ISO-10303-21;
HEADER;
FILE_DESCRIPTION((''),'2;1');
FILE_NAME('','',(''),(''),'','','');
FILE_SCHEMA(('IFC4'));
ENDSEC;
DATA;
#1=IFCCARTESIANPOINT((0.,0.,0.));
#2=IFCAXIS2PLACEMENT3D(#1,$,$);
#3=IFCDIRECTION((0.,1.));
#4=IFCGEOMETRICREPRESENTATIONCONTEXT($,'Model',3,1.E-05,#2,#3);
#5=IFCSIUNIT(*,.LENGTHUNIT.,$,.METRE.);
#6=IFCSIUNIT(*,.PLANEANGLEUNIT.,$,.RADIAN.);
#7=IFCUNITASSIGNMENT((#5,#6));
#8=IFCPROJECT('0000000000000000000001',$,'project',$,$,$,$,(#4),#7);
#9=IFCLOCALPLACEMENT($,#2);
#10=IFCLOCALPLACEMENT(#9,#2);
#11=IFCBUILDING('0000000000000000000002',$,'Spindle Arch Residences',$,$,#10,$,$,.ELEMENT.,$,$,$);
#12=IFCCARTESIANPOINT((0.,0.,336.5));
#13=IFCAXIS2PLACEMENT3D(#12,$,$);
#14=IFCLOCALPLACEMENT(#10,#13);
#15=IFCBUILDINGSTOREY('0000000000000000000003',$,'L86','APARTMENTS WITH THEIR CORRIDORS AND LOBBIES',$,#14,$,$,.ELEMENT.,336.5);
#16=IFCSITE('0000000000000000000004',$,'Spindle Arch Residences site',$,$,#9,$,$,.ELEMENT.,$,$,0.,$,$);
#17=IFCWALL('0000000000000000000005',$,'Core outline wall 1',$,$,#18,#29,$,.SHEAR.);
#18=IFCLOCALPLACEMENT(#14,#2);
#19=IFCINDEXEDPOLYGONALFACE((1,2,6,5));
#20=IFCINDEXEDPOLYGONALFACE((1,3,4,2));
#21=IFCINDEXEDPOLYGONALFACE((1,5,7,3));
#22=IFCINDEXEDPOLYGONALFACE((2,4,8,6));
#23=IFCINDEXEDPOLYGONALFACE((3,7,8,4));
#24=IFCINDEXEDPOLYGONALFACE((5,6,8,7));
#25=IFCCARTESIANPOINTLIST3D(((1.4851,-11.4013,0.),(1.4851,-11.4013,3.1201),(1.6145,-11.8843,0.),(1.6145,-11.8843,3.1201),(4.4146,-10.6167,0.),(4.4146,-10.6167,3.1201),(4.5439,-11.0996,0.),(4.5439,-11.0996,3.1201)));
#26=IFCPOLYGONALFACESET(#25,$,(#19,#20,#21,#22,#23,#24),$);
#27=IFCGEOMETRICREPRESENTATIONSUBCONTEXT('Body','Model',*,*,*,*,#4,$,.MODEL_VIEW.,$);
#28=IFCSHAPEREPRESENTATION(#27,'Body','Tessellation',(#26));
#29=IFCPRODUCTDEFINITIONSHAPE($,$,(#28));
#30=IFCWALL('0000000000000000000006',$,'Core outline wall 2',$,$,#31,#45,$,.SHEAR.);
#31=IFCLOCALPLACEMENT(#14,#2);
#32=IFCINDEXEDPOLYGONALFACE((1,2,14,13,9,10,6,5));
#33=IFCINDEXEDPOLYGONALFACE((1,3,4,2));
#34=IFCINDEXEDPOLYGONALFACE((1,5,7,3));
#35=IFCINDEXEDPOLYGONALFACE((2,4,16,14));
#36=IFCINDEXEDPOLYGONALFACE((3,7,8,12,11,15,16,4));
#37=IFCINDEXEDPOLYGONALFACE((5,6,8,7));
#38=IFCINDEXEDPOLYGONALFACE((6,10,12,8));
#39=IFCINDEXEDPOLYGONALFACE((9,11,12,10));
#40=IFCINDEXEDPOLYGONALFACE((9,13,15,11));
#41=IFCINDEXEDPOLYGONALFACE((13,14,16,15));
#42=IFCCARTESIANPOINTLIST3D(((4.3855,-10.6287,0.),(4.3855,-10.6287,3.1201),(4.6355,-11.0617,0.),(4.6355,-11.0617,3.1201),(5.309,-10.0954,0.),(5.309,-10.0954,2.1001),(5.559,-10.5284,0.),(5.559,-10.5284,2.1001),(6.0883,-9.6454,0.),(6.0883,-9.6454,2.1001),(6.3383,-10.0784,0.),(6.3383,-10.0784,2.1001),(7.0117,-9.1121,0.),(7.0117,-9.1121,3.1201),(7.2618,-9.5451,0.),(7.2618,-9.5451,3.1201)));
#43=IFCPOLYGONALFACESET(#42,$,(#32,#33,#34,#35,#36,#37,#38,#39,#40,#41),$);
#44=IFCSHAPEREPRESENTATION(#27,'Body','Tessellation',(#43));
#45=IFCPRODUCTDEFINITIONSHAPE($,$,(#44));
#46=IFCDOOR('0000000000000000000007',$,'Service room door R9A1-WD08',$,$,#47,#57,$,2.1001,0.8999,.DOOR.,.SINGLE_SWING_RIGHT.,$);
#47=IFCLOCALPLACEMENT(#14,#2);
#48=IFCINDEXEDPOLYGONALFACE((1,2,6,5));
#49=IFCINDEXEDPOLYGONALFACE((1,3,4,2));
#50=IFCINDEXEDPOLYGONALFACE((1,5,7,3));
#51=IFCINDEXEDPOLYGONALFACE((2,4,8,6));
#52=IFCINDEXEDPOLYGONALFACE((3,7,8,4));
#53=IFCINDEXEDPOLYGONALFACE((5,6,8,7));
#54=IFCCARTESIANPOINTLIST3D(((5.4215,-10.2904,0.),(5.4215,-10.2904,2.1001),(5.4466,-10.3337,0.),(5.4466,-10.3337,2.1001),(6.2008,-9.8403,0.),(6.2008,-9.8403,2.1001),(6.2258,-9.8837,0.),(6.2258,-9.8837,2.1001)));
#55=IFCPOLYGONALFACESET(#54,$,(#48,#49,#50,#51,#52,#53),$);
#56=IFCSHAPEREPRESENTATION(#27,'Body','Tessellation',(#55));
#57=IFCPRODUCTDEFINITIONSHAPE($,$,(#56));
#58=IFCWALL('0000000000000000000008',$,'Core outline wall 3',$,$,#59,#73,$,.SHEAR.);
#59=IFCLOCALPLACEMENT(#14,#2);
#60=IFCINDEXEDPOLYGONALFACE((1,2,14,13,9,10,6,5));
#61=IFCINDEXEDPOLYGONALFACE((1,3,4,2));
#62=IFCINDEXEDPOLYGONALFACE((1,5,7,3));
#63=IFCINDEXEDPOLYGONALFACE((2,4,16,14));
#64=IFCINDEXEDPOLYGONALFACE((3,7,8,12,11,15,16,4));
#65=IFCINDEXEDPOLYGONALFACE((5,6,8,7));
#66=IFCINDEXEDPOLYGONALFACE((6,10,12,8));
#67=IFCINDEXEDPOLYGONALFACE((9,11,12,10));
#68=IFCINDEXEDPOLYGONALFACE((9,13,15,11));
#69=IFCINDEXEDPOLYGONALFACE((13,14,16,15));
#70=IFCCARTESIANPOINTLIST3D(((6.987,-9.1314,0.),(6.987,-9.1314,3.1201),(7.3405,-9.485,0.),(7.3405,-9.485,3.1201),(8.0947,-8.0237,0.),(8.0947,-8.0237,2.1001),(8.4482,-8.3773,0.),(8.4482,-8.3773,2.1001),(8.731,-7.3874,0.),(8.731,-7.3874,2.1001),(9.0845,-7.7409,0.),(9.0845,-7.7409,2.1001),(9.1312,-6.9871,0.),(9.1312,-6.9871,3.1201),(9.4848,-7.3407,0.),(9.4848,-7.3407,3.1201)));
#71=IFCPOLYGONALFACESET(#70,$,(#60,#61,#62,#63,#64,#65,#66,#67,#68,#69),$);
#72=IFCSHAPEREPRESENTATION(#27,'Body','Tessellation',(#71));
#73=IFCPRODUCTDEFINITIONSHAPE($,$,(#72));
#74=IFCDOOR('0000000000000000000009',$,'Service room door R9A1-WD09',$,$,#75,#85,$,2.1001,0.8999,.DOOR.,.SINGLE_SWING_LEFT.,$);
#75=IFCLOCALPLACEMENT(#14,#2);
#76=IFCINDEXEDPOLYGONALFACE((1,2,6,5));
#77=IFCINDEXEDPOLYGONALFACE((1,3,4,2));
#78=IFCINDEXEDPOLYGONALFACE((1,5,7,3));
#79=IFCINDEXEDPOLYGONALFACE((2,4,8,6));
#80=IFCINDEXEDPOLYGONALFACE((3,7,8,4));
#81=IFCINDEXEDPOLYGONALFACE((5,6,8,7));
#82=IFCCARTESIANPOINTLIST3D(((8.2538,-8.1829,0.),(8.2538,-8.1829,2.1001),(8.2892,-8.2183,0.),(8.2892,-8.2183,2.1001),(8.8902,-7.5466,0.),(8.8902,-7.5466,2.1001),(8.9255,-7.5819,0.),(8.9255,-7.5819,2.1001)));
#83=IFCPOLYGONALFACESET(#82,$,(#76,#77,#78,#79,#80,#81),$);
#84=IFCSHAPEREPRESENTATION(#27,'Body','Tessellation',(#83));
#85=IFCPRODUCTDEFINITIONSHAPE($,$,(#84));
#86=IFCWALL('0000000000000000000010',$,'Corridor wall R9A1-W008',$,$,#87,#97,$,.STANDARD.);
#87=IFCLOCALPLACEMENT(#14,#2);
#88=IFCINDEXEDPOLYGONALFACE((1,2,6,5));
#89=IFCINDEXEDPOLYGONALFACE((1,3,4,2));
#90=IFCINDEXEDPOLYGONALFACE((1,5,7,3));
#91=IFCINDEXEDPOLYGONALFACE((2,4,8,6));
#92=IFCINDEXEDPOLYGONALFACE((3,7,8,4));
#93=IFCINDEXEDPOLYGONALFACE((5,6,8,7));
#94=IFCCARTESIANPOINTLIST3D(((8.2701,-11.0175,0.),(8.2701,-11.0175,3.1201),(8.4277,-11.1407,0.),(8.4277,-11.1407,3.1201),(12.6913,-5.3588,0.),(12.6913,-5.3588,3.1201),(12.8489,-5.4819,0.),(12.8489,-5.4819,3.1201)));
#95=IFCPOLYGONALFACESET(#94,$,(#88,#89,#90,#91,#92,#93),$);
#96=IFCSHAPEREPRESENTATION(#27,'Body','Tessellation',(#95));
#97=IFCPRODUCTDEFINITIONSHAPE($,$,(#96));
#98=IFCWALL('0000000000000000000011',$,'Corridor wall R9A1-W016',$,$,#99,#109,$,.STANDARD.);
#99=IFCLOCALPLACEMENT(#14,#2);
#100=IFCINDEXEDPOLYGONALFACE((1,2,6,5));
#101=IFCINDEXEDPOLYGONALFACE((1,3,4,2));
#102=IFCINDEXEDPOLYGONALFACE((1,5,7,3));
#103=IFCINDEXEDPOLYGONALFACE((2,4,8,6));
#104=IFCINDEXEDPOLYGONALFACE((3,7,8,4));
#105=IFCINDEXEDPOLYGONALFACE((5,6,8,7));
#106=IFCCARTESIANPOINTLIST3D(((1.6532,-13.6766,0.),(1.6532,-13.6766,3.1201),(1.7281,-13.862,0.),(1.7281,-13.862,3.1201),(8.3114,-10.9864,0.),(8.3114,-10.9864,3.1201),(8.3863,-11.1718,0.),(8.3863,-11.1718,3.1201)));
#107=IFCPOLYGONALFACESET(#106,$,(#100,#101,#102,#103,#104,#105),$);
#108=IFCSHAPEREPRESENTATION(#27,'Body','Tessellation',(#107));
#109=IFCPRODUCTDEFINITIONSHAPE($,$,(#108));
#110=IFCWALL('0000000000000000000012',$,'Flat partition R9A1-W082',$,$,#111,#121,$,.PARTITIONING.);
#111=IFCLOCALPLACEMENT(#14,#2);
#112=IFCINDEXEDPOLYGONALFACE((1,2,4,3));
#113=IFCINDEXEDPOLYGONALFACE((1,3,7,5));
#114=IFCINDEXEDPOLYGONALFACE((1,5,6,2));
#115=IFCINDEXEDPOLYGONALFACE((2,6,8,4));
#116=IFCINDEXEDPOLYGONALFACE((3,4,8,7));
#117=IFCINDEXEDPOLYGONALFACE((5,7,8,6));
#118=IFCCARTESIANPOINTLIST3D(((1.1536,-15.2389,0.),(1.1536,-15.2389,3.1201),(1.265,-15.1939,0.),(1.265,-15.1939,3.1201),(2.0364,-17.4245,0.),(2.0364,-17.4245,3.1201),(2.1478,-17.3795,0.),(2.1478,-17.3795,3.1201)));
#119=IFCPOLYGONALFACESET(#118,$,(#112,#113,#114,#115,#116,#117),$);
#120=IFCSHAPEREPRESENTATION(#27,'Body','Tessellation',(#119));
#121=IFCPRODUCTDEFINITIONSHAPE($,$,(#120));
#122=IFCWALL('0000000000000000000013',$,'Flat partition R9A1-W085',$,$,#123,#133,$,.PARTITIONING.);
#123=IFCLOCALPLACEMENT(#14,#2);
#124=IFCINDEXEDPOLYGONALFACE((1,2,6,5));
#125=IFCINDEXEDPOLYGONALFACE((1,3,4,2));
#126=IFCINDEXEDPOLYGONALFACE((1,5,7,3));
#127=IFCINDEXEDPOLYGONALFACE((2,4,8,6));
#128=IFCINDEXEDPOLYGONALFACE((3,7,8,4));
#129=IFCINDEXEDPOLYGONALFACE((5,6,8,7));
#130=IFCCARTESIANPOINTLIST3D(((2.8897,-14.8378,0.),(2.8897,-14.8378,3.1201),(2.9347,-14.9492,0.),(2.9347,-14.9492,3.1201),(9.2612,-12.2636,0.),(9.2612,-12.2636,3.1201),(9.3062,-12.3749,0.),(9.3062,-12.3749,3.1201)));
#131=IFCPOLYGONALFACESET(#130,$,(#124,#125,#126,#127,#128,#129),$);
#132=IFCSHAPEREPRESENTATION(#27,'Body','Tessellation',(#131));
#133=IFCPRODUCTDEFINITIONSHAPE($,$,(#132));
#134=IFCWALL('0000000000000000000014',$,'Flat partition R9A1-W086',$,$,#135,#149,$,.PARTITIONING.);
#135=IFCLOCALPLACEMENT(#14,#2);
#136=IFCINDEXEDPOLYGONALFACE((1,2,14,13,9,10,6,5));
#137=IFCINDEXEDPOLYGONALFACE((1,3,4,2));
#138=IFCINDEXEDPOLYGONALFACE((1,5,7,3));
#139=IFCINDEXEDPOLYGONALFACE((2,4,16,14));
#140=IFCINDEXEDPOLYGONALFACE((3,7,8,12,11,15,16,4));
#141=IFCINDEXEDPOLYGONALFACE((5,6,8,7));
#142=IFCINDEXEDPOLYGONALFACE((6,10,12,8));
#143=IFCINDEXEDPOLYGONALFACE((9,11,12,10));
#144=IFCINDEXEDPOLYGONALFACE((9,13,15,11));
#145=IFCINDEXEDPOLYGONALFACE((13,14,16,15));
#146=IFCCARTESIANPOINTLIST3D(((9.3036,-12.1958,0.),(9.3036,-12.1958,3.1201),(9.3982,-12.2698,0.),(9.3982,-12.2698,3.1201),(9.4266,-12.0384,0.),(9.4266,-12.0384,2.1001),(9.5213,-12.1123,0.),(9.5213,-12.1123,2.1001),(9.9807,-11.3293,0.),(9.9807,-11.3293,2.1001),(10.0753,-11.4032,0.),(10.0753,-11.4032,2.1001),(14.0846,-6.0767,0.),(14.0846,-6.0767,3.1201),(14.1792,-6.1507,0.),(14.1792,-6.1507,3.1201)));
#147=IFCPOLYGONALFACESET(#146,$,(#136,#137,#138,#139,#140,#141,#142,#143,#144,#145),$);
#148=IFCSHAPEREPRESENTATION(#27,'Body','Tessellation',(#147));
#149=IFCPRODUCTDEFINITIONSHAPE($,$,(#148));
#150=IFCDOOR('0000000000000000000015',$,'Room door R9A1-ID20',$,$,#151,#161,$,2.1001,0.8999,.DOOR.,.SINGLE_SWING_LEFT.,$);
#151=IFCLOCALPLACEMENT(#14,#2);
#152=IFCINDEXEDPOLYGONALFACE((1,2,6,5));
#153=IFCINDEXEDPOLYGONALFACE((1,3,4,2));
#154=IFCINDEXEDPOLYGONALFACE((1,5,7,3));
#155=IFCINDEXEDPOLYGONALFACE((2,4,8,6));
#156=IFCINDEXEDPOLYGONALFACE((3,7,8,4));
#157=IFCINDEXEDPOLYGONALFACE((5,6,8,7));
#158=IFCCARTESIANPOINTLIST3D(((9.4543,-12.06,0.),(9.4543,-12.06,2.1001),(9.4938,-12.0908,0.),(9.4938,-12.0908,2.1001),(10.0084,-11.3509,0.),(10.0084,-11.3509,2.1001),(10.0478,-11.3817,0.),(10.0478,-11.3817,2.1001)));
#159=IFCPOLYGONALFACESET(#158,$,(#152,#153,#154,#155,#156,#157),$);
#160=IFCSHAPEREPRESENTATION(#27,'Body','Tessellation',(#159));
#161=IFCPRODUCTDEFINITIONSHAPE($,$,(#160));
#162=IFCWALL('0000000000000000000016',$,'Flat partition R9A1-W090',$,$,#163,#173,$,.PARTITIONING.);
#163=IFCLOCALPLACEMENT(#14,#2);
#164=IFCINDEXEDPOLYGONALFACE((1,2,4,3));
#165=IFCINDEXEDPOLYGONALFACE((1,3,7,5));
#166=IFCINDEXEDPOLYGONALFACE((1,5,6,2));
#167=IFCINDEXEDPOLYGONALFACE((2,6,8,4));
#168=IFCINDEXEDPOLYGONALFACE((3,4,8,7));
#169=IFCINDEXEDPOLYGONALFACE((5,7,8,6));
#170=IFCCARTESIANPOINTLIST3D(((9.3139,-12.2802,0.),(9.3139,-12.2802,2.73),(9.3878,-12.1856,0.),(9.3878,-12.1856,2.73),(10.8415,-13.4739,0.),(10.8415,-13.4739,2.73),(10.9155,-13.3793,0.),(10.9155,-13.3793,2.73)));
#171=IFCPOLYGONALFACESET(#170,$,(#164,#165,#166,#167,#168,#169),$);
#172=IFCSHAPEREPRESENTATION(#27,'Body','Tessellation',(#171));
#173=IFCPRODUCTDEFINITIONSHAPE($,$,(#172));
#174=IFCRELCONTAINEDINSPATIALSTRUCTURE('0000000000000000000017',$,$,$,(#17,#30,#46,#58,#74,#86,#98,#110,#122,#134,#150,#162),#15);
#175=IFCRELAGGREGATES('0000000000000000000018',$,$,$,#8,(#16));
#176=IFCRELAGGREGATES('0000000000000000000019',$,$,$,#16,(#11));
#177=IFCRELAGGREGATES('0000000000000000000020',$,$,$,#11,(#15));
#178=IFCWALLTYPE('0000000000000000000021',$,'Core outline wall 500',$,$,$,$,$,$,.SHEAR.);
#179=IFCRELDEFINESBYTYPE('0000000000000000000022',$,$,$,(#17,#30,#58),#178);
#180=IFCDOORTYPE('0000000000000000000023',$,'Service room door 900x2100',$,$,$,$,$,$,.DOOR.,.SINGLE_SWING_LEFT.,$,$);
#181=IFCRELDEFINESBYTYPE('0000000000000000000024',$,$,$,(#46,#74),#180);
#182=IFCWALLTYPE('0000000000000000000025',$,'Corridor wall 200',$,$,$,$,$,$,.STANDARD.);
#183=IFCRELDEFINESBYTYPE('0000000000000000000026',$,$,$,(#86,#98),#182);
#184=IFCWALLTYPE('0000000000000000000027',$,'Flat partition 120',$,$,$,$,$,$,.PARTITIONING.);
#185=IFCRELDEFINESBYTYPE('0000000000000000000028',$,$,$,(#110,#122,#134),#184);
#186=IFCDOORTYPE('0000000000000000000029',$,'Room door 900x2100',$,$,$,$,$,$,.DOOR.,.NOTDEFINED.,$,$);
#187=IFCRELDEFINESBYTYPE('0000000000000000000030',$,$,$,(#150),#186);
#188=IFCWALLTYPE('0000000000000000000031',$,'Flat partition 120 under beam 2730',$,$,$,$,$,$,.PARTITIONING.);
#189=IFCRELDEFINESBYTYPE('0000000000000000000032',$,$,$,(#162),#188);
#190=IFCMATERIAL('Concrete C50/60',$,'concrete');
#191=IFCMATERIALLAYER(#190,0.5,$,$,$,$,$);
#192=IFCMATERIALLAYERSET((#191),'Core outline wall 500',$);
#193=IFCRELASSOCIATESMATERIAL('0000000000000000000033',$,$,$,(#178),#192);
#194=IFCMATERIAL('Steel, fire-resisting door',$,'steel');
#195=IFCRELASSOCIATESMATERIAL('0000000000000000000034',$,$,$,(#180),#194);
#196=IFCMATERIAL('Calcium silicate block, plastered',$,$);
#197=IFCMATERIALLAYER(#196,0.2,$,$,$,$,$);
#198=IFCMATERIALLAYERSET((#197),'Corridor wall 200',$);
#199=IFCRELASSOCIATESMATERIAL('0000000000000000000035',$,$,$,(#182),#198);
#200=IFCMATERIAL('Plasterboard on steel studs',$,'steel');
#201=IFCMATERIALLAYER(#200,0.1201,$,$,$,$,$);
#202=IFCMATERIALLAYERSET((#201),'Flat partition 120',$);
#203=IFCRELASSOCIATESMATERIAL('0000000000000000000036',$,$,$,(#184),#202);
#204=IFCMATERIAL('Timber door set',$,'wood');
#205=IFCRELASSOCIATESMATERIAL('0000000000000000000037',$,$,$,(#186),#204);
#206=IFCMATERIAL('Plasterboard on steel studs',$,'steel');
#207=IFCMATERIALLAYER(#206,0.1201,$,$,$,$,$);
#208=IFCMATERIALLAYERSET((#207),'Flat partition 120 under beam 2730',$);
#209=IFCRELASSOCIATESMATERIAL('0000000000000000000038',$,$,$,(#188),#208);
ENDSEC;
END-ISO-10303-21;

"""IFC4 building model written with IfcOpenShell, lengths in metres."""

from ifc_helpers import new_model, si_unit, direction, frame, frame_2d, origin, place, context, subcontext, project, spatial, rectangle, extrude, material, layer, layer_set, type_object, element, fill, save


model = new_model("IFC4")

# Units and contexts
model_context = context("Model", 3, precision=1e-05, world=origin(), true_north=direction((0.0, 1.0)))
body_context = subcontext(model_context, "Body", "Model", "MODEL_VIEW")
ifc_project = project(units=[si_unit("LENGTHUNIT", "METRE"), si_unit("PLANEANGLEUNIT", "RADIAN")], contexts=[model_context])

# Site, building, storey
site_placement = place(None, origin())
site = spatial("IfcSite", under=ifc_project, at=site_placement, Name="Spindle Arch Residences site", CompositionType="ELEMENT", RefElevation=0.0)
building_placement = place(site_placement, origin())
building = spatial("IfcBuilding", under=site, at=building_placement, Name="Spindle Arch Residences", CompositionType="ELEMENT")
storey_placement = place(building_placement, frame((0.0, 0.0, 336.5)))
storey = spatial("IfcBuildingStorey", under=building, at=storey_placement, Name="L86", Description="APARTMENTS WITH THEIR CORRIDORS AND LOBBIES", CompositionType="ELEMENT", Elevation=336.5)

# Wall
ifc_material_1 = material(Name="Concrete C50/60", Category="concrete")
ifc_layer_1 = layer(ifc_material_1, 0.5)
ifc_layer_set_1 = layer_set([ifc_layer_1], Name="Core outline wall 500")
wall_type_1 = type_object("IfcWallType", Name="Core outline wall 500", PredefinedType="SHEAR", material=ifc_layer_set_1)
wall_1_placement = place(storey_placement, frame((1.5498, -11.6428, 0.0), z_axis=(0.0, 0.0, 1.0), x_axis=(0.965948, 0.258735, 0.0)))
element("IfcWall", 1, at=wall_1_placement, inside=storey, type_object=wall_type_1, Name="Core outline wall 1", PredefinedType="SHEAR", context=body_context, shape_type="SweptSolid", body=[
    extrude(rectangle(XDim=3.0327, YDim=0.5, at=frame_2d((1.5164, 0.0))), origin(), (0.0, 0.0, 1.0), 3.1201),
])

# Walls, openings, doors
wall_2_placement = place(storey_placement, frame((4.5105, -10.8452, 0.0), z_axis=(0.0, 0.0, 1.0), x_axis=(0.865975, 0.500087, 0.0)))
wall_2 = element("IfcWall", 2, at=wall_2_placement, inside=storey, type_object=wall_type_1, Name="Core outline wall 2", PredefinedType="SHEAR", context=body_context, shape_type="SweptSolid", body=[
    extrude(rectangle(XDim=3.0327, YDim=0.5, at=frame_2d((1.5164, 0.0))), origin(), (0.0, 0.0, 1.0), 3.1201),
])
opening_1_placement = place(wall_2_placement, frame((1.0664, 0.0, 0.0)))
opening_1 = element("IfcOpeningElement", 3, at=opening_1_placement, cuts=wall_2, PredefinedType="OPENING", context=body_context, shape_type="SweptSolid", body=[
    extrude(rectangle(XDim=0.8999, YDim=2.1001, at=frame_2d((0.45, 1.05))), frame((0.0, 0.26, 0.0), z_axis=(0.0, -1.0, 0.0), x_axis=(1.0, 0.0, 0.0)), (0.0, 0.0, 1.0), 0.52),
])
ifc_material_2 = material(Name="Steel, fire-resisting door", Category="steel")
door_type_1 = type_object("IfcDoorType", Name="Service room door 900x2100", OperationType="SINGLE_SWING_LEFT", PredefinedType="DOOR", material=ifc_material_2)
door_1_placement = place(opening_1_placement, origin())
door_1 = element("IfcDoor", 4, at=door_1_placement, inside=storey, type_object=door_type_1, Name="Service room door R9A1-WD08", OperationType="SINGLE_SWING_RIGHT", OverallHeight=2.1001, OverallWidth=0.8999, PredefinedType="DOOR", context=body_context, shape_type="SweptSolid", body=[
    extrude(rectangle(XDim=0.8999, YDim=2.1001, at=frame_2d((0.45, 1.05))), frame((0.0, 0.0249, 0.0), z_axis=(0.0, -1.0, 0.0), x_axis=(1.0, 0.0, 0.0)), (0.0, 0.0, 1.0), 0.05),
])
fill(opening_1, door_1)
wall_3_placement = place(storey_placement, frame((7.1638, -9.3081, 0.0), z_axis=(0.0, 0.0, 1.0), x_axis=(0.707107, 0.707107, 0.0)))
wall_3 = element("IfcWall", 5, at=wall_3_placement, inside=storey, type_object=wall_type_1, Name="Core outline wall 3", PredefinedType="SHEAR", context=body_context, shape_type="SweptSolid", body=[
    extrude(rectangle(XDim=3.0325, YDim=0.5, at=frame_2d((1.5161, 0.0))), origin(), (0.0, 0.0, 1.0), 3.1201),
])
opening_2_placement = place(wall_3_placement, frame((1.5664, 0.0, 0.0)))
opening_2 = element("IfcOpeningElement", 6, at=opening_2_placement, cuts=wall_3, PredefinedType="OPENING", context=body_context, shape_type="SweptSolid", body=[
    extrude(rectangle(XDim=0.8999, YDim=2.1001, at=frame_2d((0.45, 1.05))), frame((0.0, 0.26, 0.0), z_axis=(0.0, -1.0, 0.0), x_axis=(1.0, 0.0, 0.0)), (0.0, 0.0, 1.0), 0.52),
])
door_2_placement = place(opening_2_placement, origin())
door_2 = element("IfcDoor", 7, at=door_2_placement, inside=storey, type_object=door_type_1, Name="Service room door R9A1-WD09", OperationType="SINGLE_SWING_LEFT", OverallHeight=2.1001, OverallWidth=0.8999, PredefinedType="DOOR", context=body_context, shape_type="SweptSolid", body=[
    extrude(rectangle(XDim=0.8999, YDim=2.1001, at=frame_2d((0.45, 1.05))), frame((0.0, 0.0249, 0.0), z_axis=(0.0, -1.0, 0.0), x_axis=(1.0, 0.0, 0.0)), (0.0, 0.0, 1.0), 0.05),
])
fill(opening_2, door_2)

# Walls
ifc_material_3 = material(Name="Calcium silicate block, plastered")
ifc_layer_2 = layer(ifc_material_3, 0.2)
ifc_layer_set_2 = layer_set([ifc_layer_2], Name="Corridor wall 200")
wall_type_2 = type_object("IfcWallType", Name="Corridor wall 200", PredefinedType="STANDARD", material=ifc_layer_set_2)
for number, where, z_axis, x_axis, name in (
    (8, (8.3489, -11.0791, 0.0), (0.0, 0.0, 1.0), (0.615669, 0.788005, 0.0), "Corridor wall R9A1-W008"),
    (9, (1.6907, -13.7693, 0.0), (0.0, 0.0, 1.0), (0.927179, 0.374618, 0.0), "Corridor wall R9A1-W016"),
):
    element("IfcWall", number, at=place(storey_placement, frame(where, z_axis=z_axis, x_axis=x_axis)), inside=storey, type_object=wall_type_2, Name=name, PredefinedType="STANDARD", context=body_context, shape_type="SweptSolid", body=[
        extrude(rectangle(XDim=7.1812, YDim=0.2, at=frame_2d((3.5906, 0.0))), origin(), (0.0, 0.0, 1.0), 3.1201),
    ])
ifc_material_4 = material(Name="Plasterboard on steel studs", Category="steel")
ifc_layer_3 = layer(ifc_material_4, 0.1201)
ifc_layer_set_3 = layer_set([ifc_layer_3], Name="Flat partition 120")
wall_type_3 = type_object("IfcWallType", Name="Flat partition 120", PredefinedType="PARTITIONING", material=ifc_layer_set_3)
wall_4_placement = place(storey_placement, frame((1.2092, -15.2163, 0.0), z_axis=(0.0, 0.0, 1.0), x_axis=(0.374532, -0.927214, 0.0)))
element("IfcWall", 10, at=wall_4_placement, inside=storey, type_object=wall_type_3, Name="Flat partition R9A1-W082", PredefinedType="PARTITIONING", context=body_context, shape_type="SweptSolid", body=[
    extrude(rectangle(XDim=2.3572, YDim=0.1201, at=frame_2d((1.1787, 0.0))), origin(), (0.0, 0.0, 1.0), 3.1201),
])
wall_5_placement = place(storey_placement, frame((2.9121, -14.8936, 0.0), z_axis=(0.0, 0.0, 1.0), x_axis=(0.927182, 0.37461, 0.0)))
element("IfcWall", 11, at=wall_5_placement, inside=storey, type_object=wall_type_3, Name="Flat partition R9A1-W085", PredefinedType="PARTITIONING", context=body_context, shape_type="SweptSolid", body=[
    extrude(rectangle(XDim=6.8718, YDim=0.1201, at=frame_2d((3.436, 0.0))), origin(), (0.0, 0.0, 1.0), 3.1201),
])

# Wall, opening, door
wall_6_placement = place(storey_placement, frame((9.3508, -12.2329, 0.0), z_axis=(0.0, 0.0, 1.0), x_axis=(0.615678, 0.787998, 0.0)))
wall_6 = element("IfcWall", 12, at=wall_6_placement, inside=storey, type_object=wall_type_3, Name="Flat partition R9A1-W086", PredefinedType="PARTITIONING", context=body_context, shape_type="SweptSolid", body=[
    extrude(rectangle(XDim=7.7654, YDim=0.1201, at=frame_2d((3.8828, 0.0))), origin(), (0.0, 0.0, 1.0), 3.1201),
])
opening_3_placement = place(wall_6_placement, frame((0.2, 0.0, 0.0)))
opening_3 = element("IfcOpeningElement", 13, at=opening_3_placement, cuts=wall_6, PredefinedType="OPENING", context=body_context, shape_type="SweptSolid", body=[
    extrude(rectangle(XDim=0.8999, YDim=2.1001, at=frame_2d((0.45, 1.05))), frame((0.0, 0.0701, 0.0), z_axis=(0.0, -1.0, 0.0), x_axis=(1.0, 0.0, 0.0)), (0.0, 0.0, 1.0), 0.1401),
])
ifc_material_5 = material(Name="Timber door set", Category="wood")
door_type_2 = type_object("IfcDoorType", Name="Room door 900x2100", OperationType="NOTDEFINED", PredefinedType="DOOR", material=ifc_material_5)
door_3_placement = place(opening_3_placement, origin())
door_3 = element("IfcDoor", 14, at=door_3_placement, inside=storey, type_object=door_type_2, Name="Room door R9A1-ID20", OperationType="SINGLE_SWING_LEFT", OverallHeight=2.1001, OverallWidth=0.8999, PredefinedType="DOOR", context=body_context, shape_type="SweptSolid", body=[
    extrude(rectangle(XDim=0.8999, YDim=2.1001, at=frame_2d((0.45, 1.05))), frame((0.0, 0.0249, 0.0), z_axis=(0.0, -1.0, 0.0), x_axis=(1.0, 0.0, 0.0)), (0.0, 0.0, 1.0), 0.05),
])
fill(opening_3, door_3)

# Wall
ifc_material_6 = material(Name="Plasterboard on steel studs", Category="steel")
ifc_layer_4 = layer(ifc_material_6, 0.1201)
ifc_layer_set_4 = layer_set([ifc_layer_4], Name="Flat partition 120 under beam 2730")
wall_type_4 = type_object("IfcWallType", Name="Flat partition 120 under beam 2730", PredefinedType="PARTITIONING", material=ifc_layer_set_4)
wall_7_placement = place(storey_placement, frame((10.8784, -13.4265, 0.0), z_axis=(0.0, 0.0, 1.0), x_axis=(-0.78798, 0.6157, 0.0)))
element("IfcWall", 15, at=wall_7_placement, inside=storey, type_object=wall_type_4, Name="Flat partition R9A1-W090", PredefinedType="PARTITIONING", context=body_context, shape_type="SweptSolid", body=[
    extrude(rectangle(XDim=1.9387, YDim=0.1201, at=frame_2d((0.9692, 0.0))), origin(), (0.0, 0.0, 1.0), 2.73),
])

save(model, "model.ifc")
